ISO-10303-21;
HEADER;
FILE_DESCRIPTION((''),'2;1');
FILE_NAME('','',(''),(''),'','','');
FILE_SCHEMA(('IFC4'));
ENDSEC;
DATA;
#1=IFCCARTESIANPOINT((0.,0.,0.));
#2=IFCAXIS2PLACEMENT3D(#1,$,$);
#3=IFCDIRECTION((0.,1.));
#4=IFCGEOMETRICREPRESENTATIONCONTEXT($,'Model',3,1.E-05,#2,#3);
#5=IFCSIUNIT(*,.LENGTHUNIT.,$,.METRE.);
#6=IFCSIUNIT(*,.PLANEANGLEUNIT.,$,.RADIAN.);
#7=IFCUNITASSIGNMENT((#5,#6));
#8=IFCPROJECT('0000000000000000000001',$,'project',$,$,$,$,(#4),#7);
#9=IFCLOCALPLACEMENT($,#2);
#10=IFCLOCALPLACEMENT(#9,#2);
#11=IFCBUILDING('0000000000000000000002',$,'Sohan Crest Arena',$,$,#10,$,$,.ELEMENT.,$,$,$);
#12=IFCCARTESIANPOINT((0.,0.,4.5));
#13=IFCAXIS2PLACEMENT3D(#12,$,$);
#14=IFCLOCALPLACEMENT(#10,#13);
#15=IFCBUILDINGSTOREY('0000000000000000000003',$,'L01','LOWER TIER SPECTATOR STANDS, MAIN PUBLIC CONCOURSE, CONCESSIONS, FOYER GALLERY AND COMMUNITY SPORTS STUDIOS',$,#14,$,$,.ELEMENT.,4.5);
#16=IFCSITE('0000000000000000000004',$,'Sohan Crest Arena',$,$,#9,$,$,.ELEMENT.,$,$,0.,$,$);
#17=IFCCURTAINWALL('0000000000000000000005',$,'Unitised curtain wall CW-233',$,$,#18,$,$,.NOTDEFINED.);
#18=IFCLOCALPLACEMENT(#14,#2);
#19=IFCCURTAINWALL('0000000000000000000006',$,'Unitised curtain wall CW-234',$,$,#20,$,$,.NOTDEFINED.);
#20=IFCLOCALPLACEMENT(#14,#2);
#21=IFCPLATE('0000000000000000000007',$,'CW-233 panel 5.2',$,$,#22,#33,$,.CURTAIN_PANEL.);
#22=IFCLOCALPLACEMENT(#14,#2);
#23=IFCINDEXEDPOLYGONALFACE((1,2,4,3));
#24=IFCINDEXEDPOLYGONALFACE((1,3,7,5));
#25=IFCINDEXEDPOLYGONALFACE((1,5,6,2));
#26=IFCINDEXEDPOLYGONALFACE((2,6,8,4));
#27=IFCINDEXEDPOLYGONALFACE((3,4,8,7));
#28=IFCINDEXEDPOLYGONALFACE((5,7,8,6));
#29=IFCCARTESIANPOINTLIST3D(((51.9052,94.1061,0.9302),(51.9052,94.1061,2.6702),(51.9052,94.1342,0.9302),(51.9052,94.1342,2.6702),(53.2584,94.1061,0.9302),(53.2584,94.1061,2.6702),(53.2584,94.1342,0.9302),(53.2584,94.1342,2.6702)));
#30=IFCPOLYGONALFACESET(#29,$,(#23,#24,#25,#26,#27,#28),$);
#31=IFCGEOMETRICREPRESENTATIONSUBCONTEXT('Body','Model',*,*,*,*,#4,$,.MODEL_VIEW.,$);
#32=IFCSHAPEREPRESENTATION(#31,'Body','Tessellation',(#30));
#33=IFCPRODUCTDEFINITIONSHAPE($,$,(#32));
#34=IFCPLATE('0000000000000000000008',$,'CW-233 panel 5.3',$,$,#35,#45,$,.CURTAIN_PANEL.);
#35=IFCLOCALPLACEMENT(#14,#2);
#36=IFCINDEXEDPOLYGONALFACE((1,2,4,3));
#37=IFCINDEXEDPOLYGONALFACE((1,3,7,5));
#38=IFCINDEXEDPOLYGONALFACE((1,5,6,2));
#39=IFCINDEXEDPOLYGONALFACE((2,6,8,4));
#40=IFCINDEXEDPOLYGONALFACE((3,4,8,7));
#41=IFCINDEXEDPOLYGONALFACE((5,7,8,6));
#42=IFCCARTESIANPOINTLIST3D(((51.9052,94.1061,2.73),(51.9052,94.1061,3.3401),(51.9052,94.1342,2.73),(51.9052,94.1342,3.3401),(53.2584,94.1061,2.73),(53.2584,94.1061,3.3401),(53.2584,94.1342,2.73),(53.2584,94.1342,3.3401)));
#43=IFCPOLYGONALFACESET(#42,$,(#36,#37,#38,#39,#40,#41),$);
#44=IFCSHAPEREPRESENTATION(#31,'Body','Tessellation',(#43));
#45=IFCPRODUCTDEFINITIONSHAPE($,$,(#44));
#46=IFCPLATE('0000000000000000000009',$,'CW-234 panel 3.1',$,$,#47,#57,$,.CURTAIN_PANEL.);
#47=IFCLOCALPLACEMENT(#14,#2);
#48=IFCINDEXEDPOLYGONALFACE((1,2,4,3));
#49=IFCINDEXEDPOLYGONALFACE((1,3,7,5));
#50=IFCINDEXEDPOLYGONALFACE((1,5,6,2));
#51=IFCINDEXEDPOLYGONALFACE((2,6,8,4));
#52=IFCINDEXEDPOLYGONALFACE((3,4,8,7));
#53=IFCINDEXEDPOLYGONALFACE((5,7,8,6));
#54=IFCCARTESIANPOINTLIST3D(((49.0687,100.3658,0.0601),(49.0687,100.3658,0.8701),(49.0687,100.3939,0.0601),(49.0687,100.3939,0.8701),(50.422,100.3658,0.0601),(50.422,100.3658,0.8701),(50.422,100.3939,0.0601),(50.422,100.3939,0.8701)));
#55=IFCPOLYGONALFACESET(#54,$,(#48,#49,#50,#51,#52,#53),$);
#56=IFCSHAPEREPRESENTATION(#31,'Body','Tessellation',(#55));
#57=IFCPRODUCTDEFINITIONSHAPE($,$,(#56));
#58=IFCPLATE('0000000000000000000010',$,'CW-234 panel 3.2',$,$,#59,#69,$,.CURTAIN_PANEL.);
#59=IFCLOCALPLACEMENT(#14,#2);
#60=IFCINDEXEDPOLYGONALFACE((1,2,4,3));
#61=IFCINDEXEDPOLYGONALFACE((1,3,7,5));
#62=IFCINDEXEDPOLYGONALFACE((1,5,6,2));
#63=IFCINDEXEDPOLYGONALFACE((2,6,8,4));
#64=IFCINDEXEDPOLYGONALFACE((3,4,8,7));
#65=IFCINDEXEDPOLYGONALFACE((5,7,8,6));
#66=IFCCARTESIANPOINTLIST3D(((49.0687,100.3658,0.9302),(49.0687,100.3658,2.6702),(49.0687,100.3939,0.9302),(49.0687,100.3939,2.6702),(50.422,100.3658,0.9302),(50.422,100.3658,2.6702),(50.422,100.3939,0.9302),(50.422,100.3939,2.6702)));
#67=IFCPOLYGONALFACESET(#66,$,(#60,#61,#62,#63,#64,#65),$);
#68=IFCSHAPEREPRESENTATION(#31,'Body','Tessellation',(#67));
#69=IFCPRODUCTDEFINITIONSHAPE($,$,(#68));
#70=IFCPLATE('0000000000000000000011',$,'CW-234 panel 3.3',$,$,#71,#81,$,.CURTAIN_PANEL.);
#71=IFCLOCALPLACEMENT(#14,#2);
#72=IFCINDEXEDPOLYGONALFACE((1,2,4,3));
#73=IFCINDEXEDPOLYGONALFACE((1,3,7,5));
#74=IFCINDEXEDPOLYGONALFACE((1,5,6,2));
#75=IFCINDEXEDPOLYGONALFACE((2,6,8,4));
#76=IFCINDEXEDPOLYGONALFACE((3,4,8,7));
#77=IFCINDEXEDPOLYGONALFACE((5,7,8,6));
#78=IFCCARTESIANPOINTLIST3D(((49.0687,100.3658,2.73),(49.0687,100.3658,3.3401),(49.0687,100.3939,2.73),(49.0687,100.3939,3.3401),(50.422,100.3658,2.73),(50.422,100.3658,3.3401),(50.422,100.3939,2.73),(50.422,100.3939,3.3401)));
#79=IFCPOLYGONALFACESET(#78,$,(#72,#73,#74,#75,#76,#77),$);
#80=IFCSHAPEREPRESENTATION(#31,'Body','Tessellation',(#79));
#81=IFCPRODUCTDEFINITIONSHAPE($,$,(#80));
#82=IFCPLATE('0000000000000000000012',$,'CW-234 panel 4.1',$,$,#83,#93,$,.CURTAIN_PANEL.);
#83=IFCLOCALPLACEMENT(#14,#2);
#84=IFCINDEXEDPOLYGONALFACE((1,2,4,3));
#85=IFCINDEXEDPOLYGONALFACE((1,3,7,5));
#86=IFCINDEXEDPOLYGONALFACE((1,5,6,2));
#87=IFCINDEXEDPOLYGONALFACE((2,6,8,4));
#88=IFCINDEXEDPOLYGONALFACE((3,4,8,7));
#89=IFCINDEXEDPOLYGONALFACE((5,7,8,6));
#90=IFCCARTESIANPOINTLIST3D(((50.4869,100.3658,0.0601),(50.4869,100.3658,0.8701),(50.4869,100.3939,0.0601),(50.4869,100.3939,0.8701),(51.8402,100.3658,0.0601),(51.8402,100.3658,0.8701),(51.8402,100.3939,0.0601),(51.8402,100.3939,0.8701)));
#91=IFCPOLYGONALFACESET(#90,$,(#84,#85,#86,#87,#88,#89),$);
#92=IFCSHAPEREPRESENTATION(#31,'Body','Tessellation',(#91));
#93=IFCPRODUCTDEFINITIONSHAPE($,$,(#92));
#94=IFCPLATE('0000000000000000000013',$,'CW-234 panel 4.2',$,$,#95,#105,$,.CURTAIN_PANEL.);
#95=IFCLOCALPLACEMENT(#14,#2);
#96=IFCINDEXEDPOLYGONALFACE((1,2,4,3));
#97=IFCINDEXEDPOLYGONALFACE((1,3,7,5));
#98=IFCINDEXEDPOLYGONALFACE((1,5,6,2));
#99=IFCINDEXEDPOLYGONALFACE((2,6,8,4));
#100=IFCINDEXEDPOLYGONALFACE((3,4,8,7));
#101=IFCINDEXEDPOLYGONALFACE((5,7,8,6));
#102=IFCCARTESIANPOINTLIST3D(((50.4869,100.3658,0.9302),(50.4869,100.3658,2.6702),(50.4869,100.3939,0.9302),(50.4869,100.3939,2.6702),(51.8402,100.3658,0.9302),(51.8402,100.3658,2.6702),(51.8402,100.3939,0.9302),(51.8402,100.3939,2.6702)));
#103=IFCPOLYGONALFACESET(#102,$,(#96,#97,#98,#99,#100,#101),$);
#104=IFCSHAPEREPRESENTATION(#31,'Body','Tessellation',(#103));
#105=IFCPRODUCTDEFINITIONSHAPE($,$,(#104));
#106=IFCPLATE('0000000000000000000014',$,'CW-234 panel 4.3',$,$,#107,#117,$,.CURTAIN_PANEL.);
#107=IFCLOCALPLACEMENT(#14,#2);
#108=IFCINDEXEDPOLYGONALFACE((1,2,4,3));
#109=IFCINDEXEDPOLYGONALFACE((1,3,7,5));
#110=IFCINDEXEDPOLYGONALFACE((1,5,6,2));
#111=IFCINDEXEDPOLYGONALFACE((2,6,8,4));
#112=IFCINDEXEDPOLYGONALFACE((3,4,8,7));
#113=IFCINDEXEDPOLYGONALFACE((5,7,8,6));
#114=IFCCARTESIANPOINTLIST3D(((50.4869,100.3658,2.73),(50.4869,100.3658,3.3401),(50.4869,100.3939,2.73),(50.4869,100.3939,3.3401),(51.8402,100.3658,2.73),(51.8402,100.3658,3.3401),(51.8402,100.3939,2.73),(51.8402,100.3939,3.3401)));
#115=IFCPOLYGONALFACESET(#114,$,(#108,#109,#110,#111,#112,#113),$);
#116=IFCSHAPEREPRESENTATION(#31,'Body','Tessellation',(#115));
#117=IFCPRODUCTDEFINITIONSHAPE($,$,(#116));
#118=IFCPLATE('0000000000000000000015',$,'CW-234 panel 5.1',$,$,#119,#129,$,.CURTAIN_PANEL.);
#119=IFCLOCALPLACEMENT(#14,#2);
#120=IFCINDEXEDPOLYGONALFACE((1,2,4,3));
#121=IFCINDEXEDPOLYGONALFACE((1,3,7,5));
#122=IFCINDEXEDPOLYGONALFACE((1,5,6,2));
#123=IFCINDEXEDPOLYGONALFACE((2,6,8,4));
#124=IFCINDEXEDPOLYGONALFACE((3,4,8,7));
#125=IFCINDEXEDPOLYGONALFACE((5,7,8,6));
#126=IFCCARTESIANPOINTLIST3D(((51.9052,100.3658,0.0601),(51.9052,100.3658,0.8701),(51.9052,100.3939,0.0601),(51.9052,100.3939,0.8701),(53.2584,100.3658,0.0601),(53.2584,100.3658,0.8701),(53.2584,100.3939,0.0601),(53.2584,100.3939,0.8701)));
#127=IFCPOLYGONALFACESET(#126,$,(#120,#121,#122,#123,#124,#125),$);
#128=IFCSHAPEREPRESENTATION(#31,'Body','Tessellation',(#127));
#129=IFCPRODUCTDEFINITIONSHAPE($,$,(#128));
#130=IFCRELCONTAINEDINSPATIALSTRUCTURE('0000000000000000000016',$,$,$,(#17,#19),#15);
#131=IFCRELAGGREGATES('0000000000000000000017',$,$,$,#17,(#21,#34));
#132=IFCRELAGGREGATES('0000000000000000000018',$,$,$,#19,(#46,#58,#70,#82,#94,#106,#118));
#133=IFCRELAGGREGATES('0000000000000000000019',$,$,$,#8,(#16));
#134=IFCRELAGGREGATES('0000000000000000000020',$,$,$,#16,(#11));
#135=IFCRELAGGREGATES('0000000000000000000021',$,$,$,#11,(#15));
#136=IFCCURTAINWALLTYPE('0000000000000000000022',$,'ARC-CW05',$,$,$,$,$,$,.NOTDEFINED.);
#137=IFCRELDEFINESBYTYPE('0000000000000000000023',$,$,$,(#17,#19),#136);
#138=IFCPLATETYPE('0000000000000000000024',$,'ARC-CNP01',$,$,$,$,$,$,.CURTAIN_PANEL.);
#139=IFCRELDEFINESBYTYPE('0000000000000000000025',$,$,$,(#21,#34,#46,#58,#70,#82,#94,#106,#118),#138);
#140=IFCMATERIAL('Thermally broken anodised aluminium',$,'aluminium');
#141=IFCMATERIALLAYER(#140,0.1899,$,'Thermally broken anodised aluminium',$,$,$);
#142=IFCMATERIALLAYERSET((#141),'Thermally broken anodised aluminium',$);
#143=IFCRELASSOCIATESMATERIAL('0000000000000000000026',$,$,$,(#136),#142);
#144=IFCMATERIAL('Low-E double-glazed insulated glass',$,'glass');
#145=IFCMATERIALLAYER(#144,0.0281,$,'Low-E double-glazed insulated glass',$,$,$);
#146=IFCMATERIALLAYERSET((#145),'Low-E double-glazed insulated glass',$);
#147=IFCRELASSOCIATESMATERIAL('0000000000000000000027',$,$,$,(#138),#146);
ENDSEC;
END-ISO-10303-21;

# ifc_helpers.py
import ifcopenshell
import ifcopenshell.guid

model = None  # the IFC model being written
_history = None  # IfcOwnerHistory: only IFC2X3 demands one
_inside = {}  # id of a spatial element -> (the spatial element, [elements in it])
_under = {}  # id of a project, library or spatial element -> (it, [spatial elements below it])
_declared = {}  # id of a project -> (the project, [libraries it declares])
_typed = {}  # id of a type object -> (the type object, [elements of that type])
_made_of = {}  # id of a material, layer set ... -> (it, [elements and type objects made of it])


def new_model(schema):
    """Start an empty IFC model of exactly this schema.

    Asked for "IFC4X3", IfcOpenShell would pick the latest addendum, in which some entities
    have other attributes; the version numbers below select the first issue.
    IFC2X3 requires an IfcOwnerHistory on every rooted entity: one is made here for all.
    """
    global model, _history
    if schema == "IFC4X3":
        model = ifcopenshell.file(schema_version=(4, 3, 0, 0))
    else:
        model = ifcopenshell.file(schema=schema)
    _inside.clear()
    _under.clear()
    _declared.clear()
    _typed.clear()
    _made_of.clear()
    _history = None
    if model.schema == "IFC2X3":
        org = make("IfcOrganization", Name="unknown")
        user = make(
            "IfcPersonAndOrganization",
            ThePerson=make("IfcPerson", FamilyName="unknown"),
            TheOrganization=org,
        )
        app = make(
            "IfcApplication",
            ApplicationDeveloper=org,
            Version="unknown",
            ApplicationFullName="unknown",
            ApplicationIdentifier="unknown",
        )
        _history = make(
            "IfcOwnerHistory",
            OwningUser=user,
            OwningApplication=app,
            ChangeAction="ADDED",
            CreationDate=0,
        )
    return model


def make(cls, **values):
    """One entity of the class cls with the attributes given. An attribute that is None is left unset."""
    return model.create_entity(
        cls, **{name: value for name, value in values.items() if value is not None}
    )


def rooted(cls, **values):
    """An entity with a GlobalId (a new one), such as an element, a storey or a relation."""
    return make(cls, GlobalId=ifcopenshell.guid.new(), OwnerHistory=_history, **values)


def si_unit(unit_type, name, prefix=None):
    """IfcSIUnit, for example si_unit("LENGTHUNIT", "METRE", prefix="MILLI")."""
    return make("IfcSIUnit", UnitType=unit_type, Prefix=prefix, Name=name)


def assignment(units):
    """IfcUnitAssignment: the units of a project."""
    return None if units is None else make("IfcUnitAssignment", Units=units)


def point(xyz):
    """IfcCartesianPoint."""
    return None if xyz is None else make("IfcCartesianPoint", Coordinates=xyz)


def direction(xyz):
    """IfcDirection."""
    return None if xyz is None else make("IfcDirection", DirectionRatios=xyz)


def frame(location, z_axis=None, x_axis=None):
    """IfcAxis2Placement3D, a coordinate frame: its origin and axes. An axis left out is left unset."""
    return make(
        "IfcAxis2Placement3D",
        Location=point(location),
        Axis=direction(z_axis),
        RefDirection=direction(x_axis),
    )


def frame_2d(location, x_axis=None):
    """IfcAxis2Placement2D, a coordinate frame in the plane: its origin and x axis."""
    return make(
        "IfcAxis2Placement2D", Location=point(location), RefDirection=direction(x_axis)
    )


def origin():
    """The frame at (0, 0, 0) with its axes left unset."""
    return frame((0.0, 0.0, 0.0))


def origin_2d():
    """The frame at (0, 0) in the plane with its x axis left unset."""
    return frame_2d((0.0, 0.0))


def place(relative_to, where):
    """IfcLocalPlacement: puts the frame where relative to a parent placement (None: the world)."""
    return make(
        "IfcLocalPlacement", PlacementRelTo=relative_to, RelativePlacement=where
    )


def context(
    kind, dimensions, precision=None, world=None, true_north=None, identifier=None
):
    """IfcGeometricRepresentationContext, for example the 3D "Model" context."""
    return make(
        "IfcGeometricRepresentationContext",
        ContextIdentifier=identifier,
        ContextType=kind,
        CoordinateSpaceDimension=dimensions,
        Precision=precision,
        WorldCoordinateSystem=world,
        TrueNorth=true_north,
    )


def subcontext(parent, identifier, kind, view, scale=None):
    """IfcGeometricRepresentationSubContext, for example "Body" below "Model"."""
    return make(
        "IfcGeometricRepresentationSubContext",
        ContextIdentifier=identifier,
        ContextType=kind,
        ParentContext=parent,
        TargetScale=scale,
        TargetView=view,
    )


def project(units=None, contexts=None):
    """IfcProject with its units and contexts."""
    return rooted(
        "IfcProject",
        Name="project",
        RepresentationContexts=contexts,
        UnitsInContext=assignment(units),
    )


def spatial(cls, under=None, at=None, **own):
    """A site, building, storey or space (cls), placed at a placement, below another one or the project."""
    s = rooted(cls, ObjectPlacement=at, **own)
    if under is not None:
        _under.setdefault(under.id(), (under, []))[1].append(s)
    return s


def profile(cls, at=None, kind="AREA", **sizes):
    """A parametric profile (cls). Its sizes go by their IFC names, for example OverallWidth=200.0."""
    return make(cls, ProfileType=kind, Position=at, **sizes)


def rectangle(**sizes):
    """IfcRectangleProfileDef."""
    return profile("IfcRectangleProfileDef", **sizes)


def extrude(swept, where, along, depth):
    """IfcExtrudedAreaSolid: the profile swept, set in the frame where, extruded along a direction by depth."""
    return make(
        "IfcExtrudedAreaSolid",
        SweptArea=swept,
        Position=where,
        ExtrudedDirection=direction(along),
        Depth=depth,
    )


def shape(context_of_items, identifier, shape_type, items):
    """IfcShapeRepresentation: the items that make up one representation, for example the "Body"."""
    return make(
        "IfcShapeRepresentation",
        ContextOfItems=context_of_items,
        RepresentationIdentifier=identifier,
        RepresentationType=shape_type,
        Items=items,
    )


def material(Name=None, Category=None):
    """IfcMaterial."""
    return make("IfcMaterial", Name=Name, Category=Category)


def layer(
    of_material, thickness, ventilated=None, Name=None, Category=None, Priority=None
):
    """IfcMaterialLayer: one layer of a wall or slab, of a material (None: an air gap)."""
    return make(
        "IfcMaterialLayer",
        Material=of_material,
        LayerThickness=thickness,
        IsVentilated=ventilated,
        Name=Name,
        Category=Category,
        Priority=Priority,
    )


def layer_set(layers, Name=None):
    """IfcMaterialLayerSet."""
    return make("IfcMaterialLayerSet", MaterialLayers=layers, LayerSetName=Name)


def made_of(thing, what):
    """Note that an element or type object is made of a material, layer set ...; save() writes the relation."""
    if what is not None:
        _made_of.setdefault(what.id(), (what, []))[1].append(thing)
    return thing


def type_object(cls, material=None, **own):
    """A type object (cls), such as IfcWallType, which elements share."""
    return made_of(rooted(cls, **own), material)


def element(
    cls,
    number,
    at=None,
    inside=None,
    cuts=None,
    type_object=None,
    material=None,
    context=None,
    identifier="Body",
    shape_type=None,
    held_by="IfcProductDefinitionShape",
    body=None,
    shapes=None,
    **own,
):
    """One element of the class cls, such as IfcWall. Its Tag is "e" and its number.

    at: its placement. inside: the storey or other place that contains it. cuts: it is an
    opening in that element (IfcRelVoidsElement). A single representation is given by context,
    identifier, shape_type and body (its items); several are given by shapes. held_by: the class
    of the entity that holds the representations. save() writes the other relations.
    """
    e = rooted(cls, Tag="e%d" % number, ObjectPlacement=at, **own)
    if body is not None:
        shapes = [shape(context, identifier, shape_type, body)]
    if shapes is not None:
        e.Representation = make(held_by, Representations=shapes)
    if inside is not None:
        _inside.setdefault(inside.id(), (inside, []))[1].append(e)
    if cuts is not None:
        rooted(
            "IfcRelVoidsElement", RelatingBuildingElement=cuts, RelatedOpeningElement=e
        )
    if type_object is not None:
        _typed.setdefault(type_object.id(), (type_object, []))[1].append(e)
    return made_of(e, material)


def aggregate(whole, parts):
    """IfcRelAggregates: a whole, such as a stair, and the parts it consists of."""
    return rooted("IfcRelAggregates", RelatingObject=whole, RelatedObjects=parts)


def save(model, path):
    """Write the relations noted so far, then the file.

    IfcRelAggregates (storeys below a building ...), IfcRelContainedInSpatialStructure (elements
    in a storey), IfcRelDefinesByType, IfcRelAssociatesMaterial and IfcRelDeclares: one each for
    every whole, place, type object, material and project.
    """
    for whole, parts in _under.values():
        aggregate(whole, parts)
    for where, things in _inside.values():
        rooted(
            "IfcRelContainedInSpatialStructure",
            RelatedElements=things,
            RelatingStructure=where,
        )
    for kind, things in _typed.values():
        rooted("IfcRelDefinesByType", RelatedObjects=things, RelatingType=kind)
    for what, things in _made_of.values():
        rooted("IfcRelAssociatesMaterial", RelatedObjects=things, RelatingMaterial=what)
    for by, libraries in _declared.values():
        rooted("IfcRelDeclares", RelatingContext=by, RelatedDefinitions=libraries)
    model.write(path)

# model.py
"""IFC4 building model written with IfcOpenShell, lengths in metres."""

from ifc_helpers import new_model, si_unit, direction, frame, origin, origin_2d, place, context, subcontext, project, spatial, rectangle, extrude, material, layer, layer_set, type_object, element, aggregate, save


model = new_model("IFC4")

# Units and contexts
model_context = context("Model", 3, precision=1e-05, world=origin(), true_north=direction((0.0, 1.0)))
body_context = subcontext(model_context, "Body", "Model", "MODEL_VIEW")
ifc_project = project(units=[si_unit("LENGTHUNIT", "METRE"), si_unit("PLANEANGLEUNIT", "RADIAN")], contexts=[model_context])

# Site, building, storey
site_placement = place(None, origin())
site = spatial("IfcSite", under=ifc_project, at=site_placement, Name="Sohan Crest Arena", CompositionType="ELEMENT", RefElevation=0.0)
building_placement = place(site_placement, origin())
building = spatial("IfcBuilding", under=site, at=building_placement, Name="Sohan Crest Arena", CompositionType="ELEMENT")
storey_placement = place(building_placement, frame((0.0, 0.0, 4.5)))
storey = spatial("IfcBuildingStorey", under=building, at=storey_placement, Name="L01", Description="LOWER TIER SPECTATOR STANDS, MAIN PUBLIC CONCOURSE, CONCESSIONS, FOYER GALLERY AND COMMUNITY SPORTS STUDIOS", CompositionType="ELEMENT", Elevation=4.5)

# Curtain walls
ifc_material_1 = material(Name="Thermally broken anodised aluminium", Category="aluminium")
ifc_layer_1 = layer(ifc_material_1, 0.1899, Name="Thermally broken anodised aluminium")
ifc_layer_set_1 = layer_set([ifc_layer_1], Name="Thermally broken anodised aluminium")
curtain_wall_type = type_object("IfcCurtainWallType", Name="ARC-CW05", PredefinedType="NOTDEFINED", material=ifc_layer_set_1)
curtain_wall_1_placement = place(storey_placement, origin())
curtain_wall_1 = element("IfcCurtainWall", 1, at=curtain_wall_1_placement, inside=storey, type_object=curtain_wall_type, Name="Unitised curtain wall CW-233", PredefinedType="NOTDEFINED")
curtain_wall_2_placement = place(storey_placement, origin())
curtain_wall_2 = element("IfcCurtainWall", 2, at=curtain_wall_2_placement, inside=storey, type_object=curtain_wall_type, Name="Unitised curtain wall CW-234", PredefinedType="NOTDEFINED")

# Plates
ifc_material_2 = material(Name="Low-E double-glazed insulated glass", Category="glass")
ifc_layer_2 = layer(ifc_material_2, 0.0281, Name="Low-E double-glazed insulated glass")
ifc_layer_set_2 = layer_set([ifc_layer_2], Name="Low-E double-glazed insulated glass")
plate_type = type_object("IfcPlateType", Name="ARC-CNP01", PredefinedType="CURTAIN_PANEL", material=ifc_layer_set_2)
plate_1_placement = place(storey_placement, frame((52.5818, 94.1201, 0.9302), z_axis=(0.0, 0.0, 1.0), x_axis=(1.0, 0.0, 0.0)))
plate_1 = element("IfcPlate", 3, at=plate_1_placement, type_object=plate_type, Name="CW-233 panel 5.2", PredefinedType="CURTAIN_PANEL", context=body_context, shape_type="SweptSolid", body=[
    extrude(rectangle(XDim=1.3533, YDim=0.0281, at=origin_2d()), origin(), (0.0, 0.0, 1.0), 1.74),
])
plate_2_placement = place(storey_placement, frame((52.5818, 94.1201, 2.73), z_axis=(0.0, 0.0, 1.0), x_axis=(1.0, 0.0, 0.0)))
plate_2 = element("IfcPlate", 4, at=plate_2_placement, type_object=plate_type, Name="CW-233 panel 5.3", PredefinedType="CURTAIN_PANEL", context=body_context, shape_type="SweptSolid", body=[
    extrude(rectangle(XDim=1.3533, YDim=0.0281, at=origin_2d()), origin(), (0.0, 0.0, 1.0), 0.6101),
])
aggregate(curtain_wall_1, [plate_1, plate_2])
plate_3_placement = place(storey_placement, frame((49.7454, 100.3799, 0.0601), z_axis=(0.0, 0.0, 1.0), x_axis=(1.0, 0.0, 0.0)))
plate_3 = element("IfcPlate", 5, at=plate_3_placement, type_object=plate_type, Name="CW-234 panel 3.1", PredefinedType="CURTAIN_PANEL", context=body_context, shape_type="SweptSolid", body=[
    extrude(rectangle(XDim=1.3533, YDim=0.0281, at=origin_2d()), origin(), (0.0, 0.0, 1.0), 0.8101),
])
plate_4_placement = place(storey_placement, frame((49.7454, 100.3799, 0.9302), z_axis=(0.0, 0.0, 1.0), x_axis=(1.0, 0.0, 0.0)))
plate_4 = element("IfcPlate", 6, at=plate_4_placement, type_object=plate_type, Name="CW-234 panel 3.2", PredefinedType="CURTAIN_PANEL", context=body_context, shape_type="SweptSolid", body=[
    extrude(rectangle(XDim=1.3533, YDim=0.0281, at=origin_2d()), origin(), (0.0, 0.0, 1.0), 1.74),
])
plate_5_placement = place(storey_placement, frame((49.7454, 100.3799, 2.73), z_axis=(0.0, 0.0, 1.0), x_axis=(1.0, 0.0, 0.0)))
plate_5 = element("IfcPlate", 7, at=plate_5_placement, type_object=plate_type, Name="CW-234 panel 3.3", PredefinedType="CURTAIN_PANEL", context=body_context, shape_type="SweptSolid", body=[
    extrude(rectangle(XDim=1.3533, YDim=0.0281, at=origin_2d()), origin(), (0.0, 0.0, 1.0), 0.6101),
])
plate_6_placement = place(storey_placement, frame((51.1636, 100.3799, 0.0601), z_axis=(0.0, 0.0, 1.0), x_axis=(1.0, 0.0, 0.0)))
plate_6 = element("IfcPlate", 8, at=plate_6_placement, type_object=plate_type, Name="CW-234 panel 4.1", PredefinedType="CURTAIN_PANEL", context=body_context, shape_type="SweptSolid", body=[
    extrude(rectangle(XDim=1.3533, YDim=0.0281, at=origin_2d()), origin(), (0.0, 0.0, 1.0), 0.8101),
])
plate_7_placement = place(storey_placement, frame((51.1636, 100.3799, 0.9302), z_axis=(0.0, 0.0, 1.0), x_axis=(1.0, 0.0, 0.0)))
plate_7 = element("IfcPlate", 9, at=plate_7_placement, type_object=plate_type, Name="CW-234 panel 4.2", PredefinedType="CURTAIN_PANEL", context=body_context, shape_type="SweptSolid", body=[
    extrude(rectangle(XDim=1.3533, YDim=0.0281, at=origin_2d()), origin(), (0.0, 0.0, 1.0), 1.74),
])
plate_8_placement = place(storey_placement, frame((51.1636, 100.3799, 2.73), z_axis=(0.0, 0.0, 1.0), x_axis=(1.0, 0.0, 0.0)))
plate_8 = element("IfcPlate", 10, at=plate_8_placement, type_object=plate_type, Name="CW-234 panel 4.3", PredefinedType="CURTAIN_PANEL", context=body_context, shape_type="SweptSolid", body=[
    extrude(rectangle(XDim=1.3533, YDim=0.0281, at=origin_2d()), origin(), (0.0, 0.0, 1.0), 0.6101),
])
plate_9_placement = place(storey_placement, frame((52.5818, 100.3799, 0.0601), z_axis=(0.0, 0.0, 1.0), x_axis=(1.0, 0.0, 0.0)))
plate_9 = element("IfcPlate", 11, at=plate_9_placement, type_object=plate_type, Name="CW-234 panel 5.1", PredefinedType="CURTAIN_PANEL", context=body_context, shape_type="SweptSolid", body=[
    extrude(rectangle(XDim=1.3533, YDim=0.0281, at=origin_2d()), origin(), (0.0, 0.0, 1.0), 0.8101),
])
aggregate(curtain_wall_2, [plate_3, plate_4, plate_5, plate_6, plate_7, plate_8, plate_9])

save(model, "model.ifc")
